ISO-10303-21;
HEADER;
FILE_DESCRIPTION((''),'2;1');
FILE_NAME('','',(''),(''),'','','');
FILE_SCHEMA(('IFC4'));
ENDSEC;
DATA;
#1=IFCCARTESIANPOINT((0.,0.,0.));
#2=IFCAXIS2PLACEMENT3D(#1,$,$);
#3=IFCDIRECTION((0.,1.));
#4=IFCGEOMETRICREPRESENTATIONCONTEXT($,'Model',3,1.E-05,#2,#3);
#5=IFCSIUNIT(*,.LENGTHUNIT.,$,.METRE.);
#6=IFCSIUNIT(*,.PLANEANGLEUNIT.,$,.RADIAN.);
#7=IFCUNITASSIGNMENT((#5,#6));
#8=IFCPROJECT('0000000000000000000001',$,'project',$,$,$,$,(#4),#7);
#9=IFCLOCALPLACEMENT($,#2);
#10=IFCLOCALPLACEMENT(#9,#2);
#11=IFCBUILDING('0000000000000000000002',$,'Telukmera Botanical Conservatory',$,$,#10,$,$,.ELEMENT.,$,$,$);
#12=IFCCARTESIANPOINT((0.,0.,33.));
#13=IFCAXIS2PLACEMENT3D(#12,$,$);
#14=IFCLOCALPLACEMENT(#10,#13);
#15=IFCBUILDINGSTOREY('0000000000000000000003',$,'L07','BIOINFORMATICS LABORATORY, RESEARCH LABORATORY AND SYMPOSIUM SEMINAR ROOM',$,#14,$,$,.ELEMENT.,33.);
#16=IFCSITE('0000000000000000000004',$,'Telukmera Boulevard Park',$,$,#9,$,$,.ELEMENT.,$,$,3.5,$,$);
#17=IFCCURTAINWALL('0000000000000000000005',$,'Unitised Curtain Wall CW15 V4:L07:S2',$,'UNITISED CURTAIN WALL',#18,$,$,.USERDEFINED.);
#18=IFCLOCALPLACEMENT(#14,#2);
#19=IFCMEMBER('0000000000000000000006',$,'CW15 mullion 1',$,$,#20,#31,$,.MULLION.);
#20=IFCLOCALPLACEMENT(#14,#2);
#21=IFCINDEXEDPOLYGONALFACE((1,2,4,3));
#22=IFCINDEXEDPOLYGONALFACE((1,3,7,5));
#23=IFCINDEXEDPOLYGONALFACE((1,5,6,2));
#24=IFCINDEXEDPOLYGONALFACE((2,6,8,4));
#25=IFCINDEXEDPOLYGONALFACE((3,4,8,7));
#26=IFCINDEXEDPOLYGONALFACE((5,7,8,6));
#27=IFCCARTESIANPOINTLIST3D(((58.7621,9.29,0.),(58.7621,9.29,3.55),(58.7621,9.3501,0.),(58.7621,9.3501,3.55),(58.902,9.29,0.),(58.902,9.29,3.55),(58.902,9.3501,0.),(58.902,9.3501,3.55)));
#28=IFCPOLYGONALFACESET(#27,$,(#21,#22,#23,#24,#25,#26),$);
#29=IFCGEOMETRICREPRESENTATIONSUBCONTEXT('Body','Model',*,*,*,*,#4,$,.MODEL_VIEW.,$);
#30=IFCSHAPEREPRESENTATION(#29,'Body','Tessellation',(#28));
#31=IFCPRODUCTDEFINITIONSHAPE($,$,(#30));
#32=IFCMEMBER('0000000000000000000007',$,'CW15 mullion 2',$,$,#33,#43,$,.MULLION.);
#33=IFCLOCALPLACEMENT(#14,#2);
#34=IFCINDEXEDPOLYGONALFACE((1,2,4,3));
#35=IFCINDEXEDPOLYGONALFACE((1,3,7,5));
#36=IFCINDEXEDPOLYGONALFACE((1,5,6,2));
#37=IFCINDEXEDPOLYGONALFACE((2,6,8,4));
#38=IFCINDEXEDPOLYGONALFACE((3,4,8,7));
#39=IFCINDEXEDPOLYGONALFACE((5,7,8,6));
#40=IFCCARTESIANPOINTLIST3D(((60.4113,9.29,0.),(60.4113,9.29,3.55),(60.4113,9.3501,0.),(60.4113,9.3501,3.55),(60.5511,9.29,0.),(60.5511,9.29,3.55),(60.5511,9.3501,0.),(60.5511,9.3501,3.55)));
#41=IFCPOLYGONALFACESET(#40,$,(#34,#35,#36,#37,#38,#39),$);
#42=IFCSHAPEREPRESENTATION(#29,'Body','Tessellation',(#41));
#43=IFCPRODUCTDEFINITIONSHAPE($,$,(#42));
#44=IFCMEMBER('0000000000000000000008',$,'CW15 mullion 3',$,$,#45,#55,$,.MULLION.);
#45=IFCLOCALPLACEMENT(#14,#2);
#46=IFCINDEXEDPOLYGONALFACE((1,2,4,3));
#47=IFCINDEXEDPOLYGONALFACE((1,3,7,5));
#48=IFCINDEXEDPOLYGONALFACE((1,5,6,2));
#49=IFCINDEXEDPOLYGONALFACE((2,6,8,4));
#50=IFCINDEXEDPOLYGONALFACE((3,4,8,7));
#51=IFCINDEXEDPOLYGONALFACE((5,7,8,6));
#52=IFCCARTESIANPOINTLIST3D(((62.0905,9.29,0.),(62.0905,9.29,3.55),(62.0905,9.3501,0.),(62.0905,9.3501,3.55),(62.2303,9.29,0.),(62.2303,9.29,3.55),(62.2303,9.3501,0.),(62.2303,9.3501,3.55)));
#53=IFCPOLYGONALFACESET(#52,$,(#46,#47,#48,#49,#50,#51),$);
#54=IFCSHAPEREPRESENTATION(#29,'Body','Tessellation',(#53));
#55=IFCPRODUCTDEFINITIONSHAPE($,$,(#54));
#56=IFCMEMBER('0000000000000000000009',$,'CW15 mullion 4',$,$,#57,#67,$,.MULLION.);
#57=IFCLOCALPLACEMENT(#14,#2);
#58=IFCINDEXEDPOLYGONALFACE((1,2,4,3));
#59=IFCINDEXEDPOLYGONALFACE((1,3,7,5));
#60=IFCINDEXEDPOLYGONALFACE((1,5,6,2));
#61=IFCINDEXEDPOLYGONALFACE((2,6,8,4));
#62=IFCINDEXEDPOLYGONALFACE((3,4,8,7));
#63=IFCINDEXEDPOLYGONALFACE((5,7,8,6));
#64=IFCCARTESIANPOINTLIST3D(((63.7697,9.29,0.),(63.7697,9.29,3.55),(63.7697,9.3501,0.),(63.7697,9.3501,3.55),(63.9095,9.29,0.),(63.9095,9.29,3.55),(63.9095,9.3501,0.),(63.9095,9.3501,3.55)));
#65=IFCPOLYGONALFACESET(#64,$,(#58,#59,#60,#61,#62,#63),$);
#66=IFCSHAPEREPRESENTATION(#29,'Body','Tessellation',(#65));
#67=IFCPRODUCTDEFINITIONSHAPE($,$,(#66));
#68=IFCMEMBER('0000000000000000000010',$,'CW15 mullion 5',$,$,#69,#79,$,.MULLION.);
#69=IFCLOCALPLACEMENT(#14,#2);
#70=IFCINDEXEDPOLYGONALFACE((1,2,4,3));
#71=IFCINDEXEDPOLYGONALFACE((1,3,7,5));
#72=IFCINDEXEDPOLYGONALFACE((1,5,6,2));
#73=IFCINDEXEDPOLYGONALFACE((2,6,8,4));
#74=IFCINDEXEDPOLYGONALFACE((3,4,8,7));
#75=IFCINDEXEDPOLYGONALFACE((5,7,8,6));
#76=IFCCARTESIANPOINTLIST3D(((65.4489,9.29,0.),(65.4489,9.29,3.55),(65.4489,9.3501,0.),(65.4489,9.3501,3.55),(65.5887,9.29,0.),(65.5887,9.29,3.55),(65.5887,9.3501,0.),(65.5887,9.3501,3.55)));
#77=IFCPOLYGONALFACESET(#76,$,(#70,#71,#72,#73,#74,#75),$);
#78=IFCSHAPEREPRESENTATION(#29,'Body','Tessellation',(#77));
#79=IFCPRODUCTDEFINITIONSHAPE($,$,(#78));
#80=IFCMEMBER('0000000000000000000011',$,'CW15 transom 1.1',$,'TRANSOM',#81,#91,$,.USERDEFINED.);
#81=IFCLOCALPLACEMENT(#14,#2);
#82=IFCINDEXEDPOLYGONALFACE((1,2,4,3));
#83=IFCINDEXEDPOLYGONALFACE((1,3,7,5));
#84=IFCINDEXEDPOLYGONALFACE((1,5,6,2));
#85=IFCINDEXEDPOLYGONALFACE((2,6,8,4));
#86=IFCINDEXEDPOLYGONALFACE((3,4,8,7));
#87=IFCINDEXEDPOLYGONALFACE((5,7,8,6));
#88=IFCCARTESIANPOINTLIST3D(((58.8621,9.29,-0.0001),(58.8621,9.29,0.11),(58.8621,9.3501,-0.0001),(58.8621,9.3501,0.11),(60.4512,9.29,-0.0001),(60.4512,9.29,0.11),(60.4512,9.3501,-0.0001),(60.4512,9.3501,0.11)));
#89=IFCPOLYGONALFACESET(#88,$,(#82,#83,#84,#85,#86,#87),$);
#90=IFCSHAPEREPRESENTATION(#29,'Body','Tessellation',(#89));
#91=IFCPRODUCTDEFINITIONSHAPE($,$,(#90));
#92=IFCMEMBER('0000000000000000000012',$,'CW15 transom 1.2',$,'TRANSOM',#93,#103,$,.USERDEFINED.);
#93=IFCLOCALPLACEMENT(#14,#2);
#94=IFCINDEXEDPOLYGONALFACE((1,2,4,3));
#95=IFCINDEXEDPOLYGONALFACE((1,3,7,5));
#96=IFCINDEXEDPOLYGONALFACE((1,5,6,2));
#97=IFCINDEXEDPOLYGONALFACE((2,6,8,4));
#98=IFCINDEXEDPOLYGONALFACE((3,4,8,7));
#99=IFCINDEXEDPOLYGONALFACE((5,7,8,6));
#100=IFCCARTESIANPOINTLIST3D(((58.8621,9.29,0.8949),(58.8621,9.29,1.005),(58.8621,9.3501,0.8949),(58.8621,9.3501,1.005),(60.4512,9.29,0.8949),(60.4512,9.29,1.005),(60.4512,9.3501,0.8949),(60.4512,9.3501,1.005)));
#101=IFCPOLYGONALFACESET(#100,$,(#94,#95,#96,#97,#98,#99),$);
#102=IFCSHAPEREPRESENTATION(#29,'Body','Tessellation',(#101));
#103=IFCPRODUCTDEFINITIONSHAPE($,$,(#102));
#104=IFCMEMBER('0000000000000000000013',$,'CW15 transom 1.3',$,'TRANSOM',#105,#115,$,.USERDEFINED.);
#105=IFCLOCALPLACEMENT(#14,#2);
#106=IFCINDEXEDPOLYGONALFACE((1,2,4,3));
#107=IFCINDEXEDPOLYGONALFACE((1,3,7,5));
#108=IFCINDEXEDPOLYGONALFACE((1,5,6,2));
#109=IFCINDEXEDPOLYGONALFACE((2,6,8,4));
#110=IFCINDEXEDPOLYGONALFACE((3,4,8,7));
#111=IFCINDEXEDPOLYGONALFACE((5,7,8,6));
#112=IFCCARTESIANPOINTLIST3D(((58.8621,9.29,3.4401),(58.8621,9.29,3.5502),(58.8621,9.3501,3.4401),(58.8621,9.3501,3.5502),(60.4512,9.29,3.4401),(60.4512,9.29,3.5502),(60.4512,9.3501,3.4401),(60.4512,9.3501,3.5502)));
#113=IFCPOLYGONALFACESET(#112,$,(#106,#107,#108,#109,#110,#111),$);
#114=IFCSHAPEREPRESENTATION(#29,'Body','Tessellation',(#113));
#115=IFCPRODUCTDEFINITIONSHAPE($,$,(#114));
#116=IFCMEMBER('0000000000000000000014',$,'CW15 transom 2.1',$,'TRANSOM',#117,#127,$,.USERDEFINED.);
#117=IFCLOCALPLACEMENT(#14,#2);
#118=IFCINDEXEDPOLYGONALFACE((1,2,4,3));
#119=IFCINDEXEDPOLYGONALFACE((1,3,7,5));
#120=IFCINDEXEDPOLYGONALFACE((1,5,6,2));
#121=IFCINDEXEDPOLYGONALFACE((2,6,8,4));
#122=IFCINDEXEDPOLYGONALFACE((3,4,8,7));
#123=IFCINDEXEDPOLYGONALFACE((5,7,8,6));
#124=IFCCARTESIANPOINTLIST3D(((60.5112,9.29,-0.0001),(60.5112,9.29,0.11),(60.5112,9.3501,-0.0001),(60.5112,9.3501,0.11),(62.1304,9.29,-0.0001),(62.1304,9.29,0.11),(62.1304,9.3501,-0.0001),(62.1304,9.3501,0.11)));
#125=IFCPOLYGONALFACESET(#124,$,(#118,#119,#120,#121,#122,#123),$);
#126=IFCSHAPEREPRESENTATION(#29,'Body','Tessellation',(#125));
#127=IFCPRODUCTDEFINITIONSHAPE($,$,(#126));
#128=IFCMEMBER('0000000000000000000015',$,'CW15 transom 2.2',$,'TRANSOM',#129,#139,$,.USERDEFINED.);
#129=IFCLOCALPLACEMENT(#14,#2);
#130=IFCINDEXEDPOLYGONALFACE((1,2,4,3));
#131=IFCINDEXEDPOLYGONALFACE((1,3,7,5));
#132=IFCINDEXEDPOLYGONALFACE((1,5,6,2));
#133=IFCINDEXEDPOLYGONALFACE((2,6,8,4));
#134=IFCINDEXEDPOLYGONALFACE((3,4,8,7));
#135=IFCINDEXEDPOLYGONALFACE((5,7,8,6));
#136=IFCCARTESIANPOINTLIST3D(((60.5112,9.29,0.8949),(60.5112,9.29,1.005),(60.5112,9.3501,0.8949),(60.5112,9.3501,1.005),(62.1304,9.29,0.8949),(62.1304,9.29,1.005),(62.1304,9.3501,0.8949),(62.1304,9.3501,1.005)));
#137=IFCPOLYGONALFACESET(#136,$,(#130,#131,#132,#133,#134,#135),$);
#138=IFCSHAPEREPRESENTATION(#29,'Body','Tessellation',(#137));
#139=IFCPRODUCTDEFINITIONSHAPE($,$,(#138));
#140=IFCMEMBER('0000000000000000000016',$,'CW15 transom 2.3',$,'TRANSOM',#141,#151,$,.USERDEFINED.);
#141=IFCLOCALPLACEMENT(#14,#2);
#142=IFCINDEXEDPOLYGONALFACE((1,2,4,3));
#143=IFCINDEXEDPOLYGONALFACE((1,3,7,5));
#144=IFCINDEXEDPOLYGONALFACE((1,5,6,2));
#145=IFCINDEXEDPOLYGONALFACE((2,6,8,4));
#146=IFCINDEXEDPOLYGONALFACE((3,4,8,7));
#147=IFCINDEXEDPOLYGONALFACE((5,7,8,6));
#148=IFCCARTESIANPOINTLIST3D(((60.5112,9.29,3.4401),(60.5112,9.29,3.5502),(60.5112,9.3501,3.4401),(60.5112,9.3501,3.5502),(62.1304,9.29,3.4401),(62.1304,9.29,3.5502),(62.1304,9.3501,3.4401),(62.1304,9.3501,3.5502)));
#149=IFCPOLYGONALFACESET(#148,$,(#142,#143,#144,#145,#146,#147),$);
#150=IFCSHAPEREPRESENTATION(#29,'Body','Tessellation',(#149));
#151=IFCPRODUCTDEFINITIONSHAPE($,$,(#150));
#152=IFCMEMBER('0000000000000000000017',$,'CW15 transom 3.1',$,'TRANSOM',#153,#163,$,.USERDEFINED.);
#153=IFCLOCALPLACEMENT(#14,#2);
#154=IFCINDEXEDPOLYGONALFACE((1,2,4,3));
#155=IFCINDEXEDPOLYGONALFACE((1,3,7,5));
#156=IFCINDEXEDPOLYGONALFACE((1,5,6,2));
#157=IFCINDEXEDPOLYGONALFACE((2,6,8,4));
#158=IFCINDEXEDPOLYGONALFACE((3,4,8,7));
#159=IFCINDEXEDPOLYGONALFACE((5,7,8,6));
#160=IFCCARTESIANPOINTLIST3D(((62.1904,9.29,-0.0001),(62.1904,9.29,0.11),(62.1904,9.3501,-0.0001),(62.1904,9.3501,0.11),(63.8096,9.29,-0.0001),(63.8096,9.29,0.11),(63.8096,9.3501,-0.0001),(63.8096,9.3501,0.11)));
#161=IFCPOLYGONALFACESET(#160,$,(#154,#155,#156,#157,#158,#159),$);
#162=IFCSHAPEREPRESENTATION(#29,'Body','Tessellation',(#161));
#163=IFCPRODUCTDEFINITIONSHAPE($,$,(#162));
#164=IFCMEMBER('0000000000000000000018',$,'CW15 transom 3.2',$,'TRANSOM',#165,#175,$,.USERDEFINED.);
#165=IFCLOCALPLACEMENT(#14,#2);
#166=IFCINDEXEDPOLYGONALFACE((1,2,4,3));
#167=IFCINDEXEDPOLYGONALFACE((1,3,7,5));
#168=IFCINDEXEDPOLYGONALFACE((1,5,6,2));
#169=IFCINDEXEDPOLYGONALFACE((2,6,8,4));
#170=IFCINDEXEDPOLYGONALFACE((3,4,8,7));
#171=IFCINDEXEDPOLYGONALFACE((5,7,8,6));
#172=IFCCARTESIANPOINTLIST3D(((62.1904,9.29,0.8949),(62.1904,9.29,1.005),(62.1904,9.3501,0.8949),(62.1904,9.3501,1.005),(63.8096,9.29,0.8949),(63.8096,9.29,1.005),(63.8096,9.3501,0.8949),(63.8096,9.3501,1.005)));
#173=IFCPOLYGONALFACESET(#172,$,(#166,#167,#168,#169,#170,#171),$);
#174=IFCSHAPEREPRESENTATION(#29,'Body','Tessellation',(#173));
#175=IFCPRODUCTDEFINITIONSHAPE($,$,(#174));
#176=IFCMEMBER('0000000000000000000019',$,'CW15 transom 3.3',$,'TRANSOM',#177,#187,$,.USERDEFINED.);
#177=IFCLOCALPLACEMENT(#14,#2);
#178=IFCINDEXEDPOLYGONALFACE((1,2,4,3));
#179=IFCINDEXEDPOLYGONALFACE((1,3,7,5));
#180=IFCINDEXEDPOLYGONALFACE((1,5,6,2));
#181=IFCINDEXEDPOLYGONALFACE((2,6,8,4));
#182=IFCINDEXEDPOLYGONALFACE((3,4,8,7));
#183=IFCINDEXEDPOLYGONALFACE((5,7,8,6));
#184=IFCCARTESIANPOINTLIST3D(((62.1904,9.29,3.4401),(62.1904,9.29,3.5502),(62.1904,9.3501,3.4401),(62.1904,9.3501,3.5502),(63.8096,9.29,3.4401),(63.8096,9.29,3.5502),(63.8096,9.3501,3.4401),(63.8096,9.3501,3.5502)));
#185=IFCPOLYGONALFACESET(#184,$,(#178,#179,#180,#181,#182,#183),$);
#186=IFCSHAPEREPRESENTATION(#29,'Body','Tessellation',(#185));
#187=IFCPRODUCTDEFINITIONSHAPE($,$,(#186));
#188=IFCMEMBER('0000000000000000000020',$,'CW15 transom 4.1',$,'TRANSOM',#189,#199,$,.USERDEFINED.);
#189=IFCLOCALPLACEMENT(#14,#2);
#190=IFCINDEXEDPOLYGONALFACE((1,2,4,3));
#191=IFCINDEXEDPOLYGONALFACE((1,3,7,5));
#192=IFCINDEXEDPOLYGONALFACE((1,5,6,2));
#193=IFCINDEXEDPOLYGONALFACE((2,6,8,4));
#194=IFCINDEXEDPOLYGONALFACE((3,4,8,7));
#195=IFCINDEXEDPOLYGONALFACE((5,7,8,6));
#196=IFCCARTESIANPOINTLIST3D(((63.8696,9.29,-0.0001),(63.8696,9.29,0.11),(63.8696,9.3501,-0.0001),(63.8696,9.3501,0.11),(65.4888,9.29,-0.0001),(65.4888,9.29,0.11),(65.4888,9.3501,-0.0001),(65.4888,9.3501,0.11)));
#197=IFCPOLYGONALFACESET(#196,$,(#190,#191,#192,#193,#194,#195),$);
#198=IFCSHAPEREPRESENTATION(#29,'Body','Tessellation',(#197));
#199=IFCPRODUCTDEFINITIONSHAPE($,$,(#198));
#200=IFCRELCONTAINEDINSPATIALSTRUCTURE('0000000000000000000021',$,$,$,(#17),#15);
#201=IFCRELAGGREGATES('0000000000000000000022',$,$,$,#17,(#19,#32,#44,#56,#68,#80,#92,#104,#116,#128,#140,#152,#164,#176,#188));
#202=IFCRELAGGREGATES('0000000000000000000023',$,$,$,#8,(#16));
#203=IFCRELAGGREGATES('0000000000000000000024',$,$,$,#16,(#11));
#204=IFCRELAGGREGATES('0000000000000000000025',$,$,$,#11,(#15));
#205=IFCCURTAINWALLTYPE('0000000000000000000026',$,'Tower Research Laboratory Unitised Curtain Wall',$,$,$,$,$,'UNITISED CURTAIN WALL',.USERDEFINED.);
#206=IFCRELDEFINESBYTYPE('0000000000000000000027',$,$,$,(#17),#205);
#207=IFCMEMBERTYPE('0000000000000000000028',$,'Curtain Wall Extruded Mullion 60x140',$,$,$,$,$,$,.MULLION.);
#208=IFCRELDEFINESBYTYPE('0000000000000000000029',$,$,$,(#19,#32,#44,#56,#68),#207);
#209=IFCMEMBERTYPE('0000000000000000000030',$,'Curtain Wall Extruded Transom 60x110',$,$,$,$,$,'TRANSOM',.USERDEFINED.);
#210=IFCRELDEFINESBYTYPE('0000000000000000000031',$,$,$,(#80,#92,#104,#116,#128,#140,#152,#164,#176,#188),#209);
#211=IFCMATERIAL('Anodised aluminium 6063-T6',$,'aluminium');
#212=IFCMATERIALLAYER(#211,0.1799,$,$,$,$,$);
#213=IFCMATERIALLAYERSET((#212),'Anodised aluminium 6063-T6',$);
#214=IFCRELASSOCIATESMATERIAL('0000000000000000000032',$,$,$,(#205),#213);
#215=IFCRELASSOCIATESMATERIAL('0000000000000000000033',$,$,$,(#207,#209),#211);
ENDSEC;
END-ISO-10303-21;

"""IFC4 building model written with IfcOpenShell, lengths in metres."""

from ifc_helpers import new_model, si_unit, direction, frame, origin, origin_2d, place, context, subcontext, project, spatial, rectangle, extrude, material, layer, layer_set, material_profile, profile_set, type_object, element, aggregate, save


model = new_model("IFC4")

# Units and contexts
model_context = context("Model", 3, precision=1e-05, world=origin(), true_north=direction((0.0, 1.0)))
body_context = subcontext(model_context, "Body", "Model", "MODEL_VIEW")
ifc_project = project(units=[si_unit("LENGTHUNIT", "METRE"), si_unit("PLANEANGLEUNIT", "RADIAN")], contexts=[model_context])

# Site, building, storey
site_placement = place(None, origin())
site = spatial("IfcSite", under=ifc_project, at=site_placement, Name="Telukmera Boulevard Park", CompositionType="ELEMENT", RefElevation=3.5)
building_placement = place(site_placement, origin())
building = spatial("IfcBuilding", under=site, at=building_placement, Name="Telukmera Botanical Conservatory", CompositionType="ELEMENT")
storey_placement = place(building_placement, frame((0.0, 0.0, 33.0)))
storey = spatial("IfcBuildingStorey", under=building, at=storey_placement, Name="L07", Description="BIOINFORMATICS LABORATORY, RESEARCH LABORATORY AND SYMPOSIUM SEMINAR ROOM", CompositionType="ELEMENT", Elevation=33.0)

# Curtain wall, members
ifc_material_1 = material(Name="Anodised aluminium 6063-T6", Category="aluminium")
ifc_layer_1 = layer(ifc_material_1, 0.1799)
ifc_layer_set_1 = layer_set([ifc_layer_1], Name="Anodised aluminium 6063-T6")
curtain_wall_type = type_object("IfcCurtainWallType", Name="Tower Research Laboratory Unitised Curtain Wall", ElementType="UNITISED CURTAIN WALL", PredefinedType="USERDEFINED", material=ifc_layer_set_1)
curtain_wall_placement = place(storey_placement, origin())
curtain_wall = element("IfcCurtainWall", 1, at=curtain_wall_placement, inside=storey, type_object=curtain_wall_type, Name="Unitised Curtain Wall CW15 V4:L07:S2", ObjectType="UNITISED CURTAIN WALL", PredefinedType="USERDEFINED")
ifc_material_profile_1 = material_profile(ifc_material_1, rectangle(XDim=0.0601, YDim=0.1399, at=origin_2d()), Name="ALU MULL 60x140")
ifc_profile_set_1 = profile_set([ifc_material_profile_1], Name="Anodised aluminium 6063-T6")
member_type_1 = type_object("IfcMemberType", Name="Curtain Wall Extruded Mullion 60x140", PredefinedType="MULLION", material=ifc_profile_set_1)
member_1_placement = place(storey_placement, frame((58.832, 9.3201, 0.0), z_axis=(0.0, 0.0, 1.0), x_axis=(0.0, 1.0, 0.0)))
member_1 = element("IfcMember", 2, at=member_1_placement, type_object=member_type_1, Name="CW15 mullion 1", PredefinedType="MULLION", context=body_context, shape_type="SweptSolid", body=[
    extrude(rectangle(XDim=0.0601, YDim=0.1399, at=origin_2d()), origin(), (0.0, 0.0, 1.0), 3.55),
])
member_2_placement = place(storey_placement, frame((60.4812, 9.3201, 0.0), z_axis=(0.0, 0.0, 1.0), x_axis=(0.0, 1.0, 0.0)))
member_2 = element("IfcMember", 3, at=member_2_placement, type_object=member_type_1, Name="CW15 mullion 2", PredefinedType="MULLION", context=body_context, shape_type="SweptSolid", body=[
    extrude(rectangle(XDim=0.0601, YDim=0.1399, at=origin_2d()), origin(), (0.0, 0.0, 1.0), 3.55),
])
member_3_placement = place(storey_placement, frame((62.1604, 9.3201, 0.0), z_axis=(0.0, 0.0, 1.0), x_axis=(0.0, 1.0, 0.0)))
member_3 = element("IfcMember", 4, at=member_3_placement, type_object=member_type_1, Name="CW15 mullion 3", PredefinedType="MULLION", context=body_context, shape_type="SweptSolid", body=[
    extrude(rectangle(XDim=0.0601, YDim=0.1399, at=origin_2d()), origin(), (0.0, 0.0, 1.0), 3.55),
])
member_4_placement = place(storey_placement, frame((63.8396, 9.3201, 0.0), z_axis=(0.0, 0.0, 1.0), x_axis=(0.0, 1.0, 0.0)))
member_4 = element("IfcMember", 5, at=member_4_placement, type_object=member_type_1, Name="CW15 mullion 4", PredefinedType="MULLION", context=body_context, shape_type="SweptSolid", body=[
    extrude(rectangle(XDim=0.0601, YDim=0.1399, at=origin_2d()), origin(), (0.0, 0.0, 1.0), 3.55),
])
member_5_placement = place(storey_placement, frame((65.5188, 9.3201, 0.0), z_axis=(0.0, 0.0, 1.0), x_axis=(0.0, 1.0, 0.0)))
member_5 = element("IfcMember", 6, at=member_5_placement, type_object=member_type_1, Name="CW15 mullion 5", PredefinedType="MULLION", context=body_context, shape_type="SweptSolid", body=[
    extrude(rectangle(XDim=0.0601, YDim=0.1399, at=origin_2d()), origin(), (0.0, 0.0, 1.0), 3.55),
])
ifc_material_profile_2 = material_profile(ifc_material_1, rectangle(XDim=0.0601, YDim=0.1101, at=origin_2d()), Name="ALU TRAN 60x110")
ifc_profile_set_2 = profile_set([ifc_material_profile_2], Name="Anodised aluminium 6063-T6")
member_type_2 = type_object("IfcMemberType", Name="Curtain Wall Extruded Transom 60x110", ElementType="TRANSOM", PredefinedType="USERDEFINED", material=ifc_profile_set_2)
member_6_placement = place(storey_placement, frame((58.8621, 9.3201, 0.0549), z_axis=(1.0, 0.0, 0.0), x_axis=(0.0, 1.0, 0.0)))
member_6 = element("IfcMember", 7, at=member_6_placement, type_object=member_type_2, Name="CW15 transom 1.1", ObjectType="TRANSOM", PredefinedType="USERDEFINED", context=body_context, shape_type="SweptSolid", body=[
    extrude(rectangle(XDim=0.0601, YDim=0.1101, at=origin_2d()), origin(), (0.0, 0.0, 1.0), 1.5891),
])
member_7_placement = place(storey_placement, frame((58.8621, 9.3201, 0.95), z_axis=(1.0, 0.0, 0.0), x_axis=(0.0, 1.0, 0.0)))
member_7 = element("IfcMember", 8, at=member_7_placement, type_object=member_type_2, Name="CW15 transom 1.2", ObjectType="TRANSOM", PredefinedType="USERDEFINED", context=body_context, shape_type="SweptSolid", body=[
    extrude(rectangle(XDim=0.0601, YDim=0.1101, at=origin_2d()), origin(), (0.0, 0.0, 1.0), 1.5891),
])
member_8_placement = place(storey_placement, frame((58.8621, 9.3201, 3.4951), z_axis=(1.0, 0.0, 0.0), x_axis=(0.0, 1.0, 0.0)))
member_8 = element("IfcMember", 9, at=member_8_placement, type_object=member_type_2, Name="CW15 transom 1.3", ObjectType="TRANSOM", PredefinedType="USERDEFINED", context=body_context, shape_type="SweptSolid", body=[
    extrude(rectangle(XDim=0.0601, YDim=0.1101, at=origin_2d()), origin(), (0.0, 0.0, 1.0), 1.5891),
])
member_9_placement = place(storey_placement, frame((60.5112, 9.3201, 0.0549), z_axis=(1.0, 0.0, 0.0), x_axis=(0.0, 1.0, 0.0)))
member_9 = element("IfcMember", 10, at=member_9_placement, type_object=member_type_2, Name="CW15 transom 2.1", ObjectType="TRANSOM", PredefinedType="USERDEFINED", context=body_context, shape_type="SweptSolid", body=[
    extrude(rectangle(XDim=0.0601, YDim=0.1101, at=origin_2d()), origin(), (0.0, 0.0, 1.0), 1.6191),
])
member_10_placement = place(storey_placement, frame((60.5112, 9.3201, 0.95), z_axis=(1.0, 0.0, 0.0), x_axis=(0.0, 1.0, 0.0)))
member_10 = element("IfcMember", 11, at=member_10_placement, type_object=member_type_2, Name="CW15 transom 2.2", ObjectType="TRANSOM", PredefinedType="USERDEFINED", context=body_context, shape_type="SweptSolid", body=[
    extrude(rectangle(XDim=0.0601, YDim=0.1101, at=origin_2d()), origin(), (0.0, 0.0, 1.0), 1.6191),
])
member_11_placement = place(storey_placement, frame((60.5112, 9.3201, 3.4951), z_axis=(1.0, 0.0, 0.0), x_axis=(0.0, 1.0, 0.0)))
member_11 = element("IfcMember", 12, at=member_11_placement, type_object=member_type_2, Name="CW15 transom 2.3", ObjectType="TRANSOM", PredefinedType="USERDEFINED", context=body_context, shape_type="SweptSolid", body=[
    extrude(rectangle(XDim=0.0601, YDim=0.1101, at=origin_2d()), origin(), (0.0, 0.0, 1.0), 1.6191),
])
member_12_placement = place(storey_placement, frame((62.1904, 9.3201, 0.0549), z_axis=(1.0, 0.0, 0.0), x_axis=(0.0, 1.0, 0.0)))
member_12 = element("IfcMember", 13, at=member_12_placement, type_object=member_type_2, Name="CW15 transom 3.1", ObjectType="TRANSOM", PredefinedType="USERDEFINED", context=body_context, shape_type="SweptSolid", body=[
    extrude(rectangle(XDim=0.0601, YDim=0.1101, at=origin_2d()), origin(), (0.0, 0.0, 1.0), 1.6191),
])
member_13_placement = place(storey_placement, frame((62.1904, 9.3201, 0.95), z_axis=(1.0, 0.0, 0.0), x_axis=(0.0, 1.0, 0.0)))
member_13 = element("IfcMember", 14, at=member_13_placement, type_object=member_type_2, Name="CW15 transom 3.2", ObjectType="TRANSOM", PredefinedType="USERDEFINED", context=body_context, shape_type="SweptSolid", body=[
    extrude(rectangle(XDim=0.0601, YDim=0.1101, at=origin_2d()), origin(), (0.0, 0.0, 1.0), 1.6191),
])
member_14_placement = place(storey_placement, frame((62.1904, 9.3201, 3.4951), z_axis=(1.0, 0.0, 0.0), x_axis=(0.0, 1.0, 0.0)))
member_14 = element("IfcMember", 15, at=member_14_placement, type_object=member_type_2, Name="CW15 transom 3.3", ObjectType="TRANSOM", PredefinedType="USERDEFINED", context=body_context, shape_type="SweptSolid", body=[
    extrude(rectangle(XDim=0.0601, YDim=0.1101, at=origin_2d()), origin(), (0.0, 0.0, 1.0), 1.6191),
])
member_15_placement = place(storey_placement, frame((63.8696, 9.3201, 0.0549), z_axis=(1.0, 0.0, 0.0), x_axis=(0.0, 1.0, 0.0)))
member_15 = element("IfcMember", 16, at=member_15_placement, type_object=member_type_2, Name="CW15 transom 4.1", ObjectType="TRANSOM", PredefinedType="USERDEFINED", context=body_context, shape_type="SweptSolid", body=[
    extrude(rectangle(XDim=0.0601, YDim=0.1101, at=origin_2d()), origin(), (0.0, 0.0, 1.0), 1.6191),
])
aggregate(curtain_wall, [member_1, member_2, member_3, member_4, member_5, member_6, member_7, member_8, member_9, member_10, member_11, member_12, member_13, member_14, member_15])

save(model, "model.ifc")
